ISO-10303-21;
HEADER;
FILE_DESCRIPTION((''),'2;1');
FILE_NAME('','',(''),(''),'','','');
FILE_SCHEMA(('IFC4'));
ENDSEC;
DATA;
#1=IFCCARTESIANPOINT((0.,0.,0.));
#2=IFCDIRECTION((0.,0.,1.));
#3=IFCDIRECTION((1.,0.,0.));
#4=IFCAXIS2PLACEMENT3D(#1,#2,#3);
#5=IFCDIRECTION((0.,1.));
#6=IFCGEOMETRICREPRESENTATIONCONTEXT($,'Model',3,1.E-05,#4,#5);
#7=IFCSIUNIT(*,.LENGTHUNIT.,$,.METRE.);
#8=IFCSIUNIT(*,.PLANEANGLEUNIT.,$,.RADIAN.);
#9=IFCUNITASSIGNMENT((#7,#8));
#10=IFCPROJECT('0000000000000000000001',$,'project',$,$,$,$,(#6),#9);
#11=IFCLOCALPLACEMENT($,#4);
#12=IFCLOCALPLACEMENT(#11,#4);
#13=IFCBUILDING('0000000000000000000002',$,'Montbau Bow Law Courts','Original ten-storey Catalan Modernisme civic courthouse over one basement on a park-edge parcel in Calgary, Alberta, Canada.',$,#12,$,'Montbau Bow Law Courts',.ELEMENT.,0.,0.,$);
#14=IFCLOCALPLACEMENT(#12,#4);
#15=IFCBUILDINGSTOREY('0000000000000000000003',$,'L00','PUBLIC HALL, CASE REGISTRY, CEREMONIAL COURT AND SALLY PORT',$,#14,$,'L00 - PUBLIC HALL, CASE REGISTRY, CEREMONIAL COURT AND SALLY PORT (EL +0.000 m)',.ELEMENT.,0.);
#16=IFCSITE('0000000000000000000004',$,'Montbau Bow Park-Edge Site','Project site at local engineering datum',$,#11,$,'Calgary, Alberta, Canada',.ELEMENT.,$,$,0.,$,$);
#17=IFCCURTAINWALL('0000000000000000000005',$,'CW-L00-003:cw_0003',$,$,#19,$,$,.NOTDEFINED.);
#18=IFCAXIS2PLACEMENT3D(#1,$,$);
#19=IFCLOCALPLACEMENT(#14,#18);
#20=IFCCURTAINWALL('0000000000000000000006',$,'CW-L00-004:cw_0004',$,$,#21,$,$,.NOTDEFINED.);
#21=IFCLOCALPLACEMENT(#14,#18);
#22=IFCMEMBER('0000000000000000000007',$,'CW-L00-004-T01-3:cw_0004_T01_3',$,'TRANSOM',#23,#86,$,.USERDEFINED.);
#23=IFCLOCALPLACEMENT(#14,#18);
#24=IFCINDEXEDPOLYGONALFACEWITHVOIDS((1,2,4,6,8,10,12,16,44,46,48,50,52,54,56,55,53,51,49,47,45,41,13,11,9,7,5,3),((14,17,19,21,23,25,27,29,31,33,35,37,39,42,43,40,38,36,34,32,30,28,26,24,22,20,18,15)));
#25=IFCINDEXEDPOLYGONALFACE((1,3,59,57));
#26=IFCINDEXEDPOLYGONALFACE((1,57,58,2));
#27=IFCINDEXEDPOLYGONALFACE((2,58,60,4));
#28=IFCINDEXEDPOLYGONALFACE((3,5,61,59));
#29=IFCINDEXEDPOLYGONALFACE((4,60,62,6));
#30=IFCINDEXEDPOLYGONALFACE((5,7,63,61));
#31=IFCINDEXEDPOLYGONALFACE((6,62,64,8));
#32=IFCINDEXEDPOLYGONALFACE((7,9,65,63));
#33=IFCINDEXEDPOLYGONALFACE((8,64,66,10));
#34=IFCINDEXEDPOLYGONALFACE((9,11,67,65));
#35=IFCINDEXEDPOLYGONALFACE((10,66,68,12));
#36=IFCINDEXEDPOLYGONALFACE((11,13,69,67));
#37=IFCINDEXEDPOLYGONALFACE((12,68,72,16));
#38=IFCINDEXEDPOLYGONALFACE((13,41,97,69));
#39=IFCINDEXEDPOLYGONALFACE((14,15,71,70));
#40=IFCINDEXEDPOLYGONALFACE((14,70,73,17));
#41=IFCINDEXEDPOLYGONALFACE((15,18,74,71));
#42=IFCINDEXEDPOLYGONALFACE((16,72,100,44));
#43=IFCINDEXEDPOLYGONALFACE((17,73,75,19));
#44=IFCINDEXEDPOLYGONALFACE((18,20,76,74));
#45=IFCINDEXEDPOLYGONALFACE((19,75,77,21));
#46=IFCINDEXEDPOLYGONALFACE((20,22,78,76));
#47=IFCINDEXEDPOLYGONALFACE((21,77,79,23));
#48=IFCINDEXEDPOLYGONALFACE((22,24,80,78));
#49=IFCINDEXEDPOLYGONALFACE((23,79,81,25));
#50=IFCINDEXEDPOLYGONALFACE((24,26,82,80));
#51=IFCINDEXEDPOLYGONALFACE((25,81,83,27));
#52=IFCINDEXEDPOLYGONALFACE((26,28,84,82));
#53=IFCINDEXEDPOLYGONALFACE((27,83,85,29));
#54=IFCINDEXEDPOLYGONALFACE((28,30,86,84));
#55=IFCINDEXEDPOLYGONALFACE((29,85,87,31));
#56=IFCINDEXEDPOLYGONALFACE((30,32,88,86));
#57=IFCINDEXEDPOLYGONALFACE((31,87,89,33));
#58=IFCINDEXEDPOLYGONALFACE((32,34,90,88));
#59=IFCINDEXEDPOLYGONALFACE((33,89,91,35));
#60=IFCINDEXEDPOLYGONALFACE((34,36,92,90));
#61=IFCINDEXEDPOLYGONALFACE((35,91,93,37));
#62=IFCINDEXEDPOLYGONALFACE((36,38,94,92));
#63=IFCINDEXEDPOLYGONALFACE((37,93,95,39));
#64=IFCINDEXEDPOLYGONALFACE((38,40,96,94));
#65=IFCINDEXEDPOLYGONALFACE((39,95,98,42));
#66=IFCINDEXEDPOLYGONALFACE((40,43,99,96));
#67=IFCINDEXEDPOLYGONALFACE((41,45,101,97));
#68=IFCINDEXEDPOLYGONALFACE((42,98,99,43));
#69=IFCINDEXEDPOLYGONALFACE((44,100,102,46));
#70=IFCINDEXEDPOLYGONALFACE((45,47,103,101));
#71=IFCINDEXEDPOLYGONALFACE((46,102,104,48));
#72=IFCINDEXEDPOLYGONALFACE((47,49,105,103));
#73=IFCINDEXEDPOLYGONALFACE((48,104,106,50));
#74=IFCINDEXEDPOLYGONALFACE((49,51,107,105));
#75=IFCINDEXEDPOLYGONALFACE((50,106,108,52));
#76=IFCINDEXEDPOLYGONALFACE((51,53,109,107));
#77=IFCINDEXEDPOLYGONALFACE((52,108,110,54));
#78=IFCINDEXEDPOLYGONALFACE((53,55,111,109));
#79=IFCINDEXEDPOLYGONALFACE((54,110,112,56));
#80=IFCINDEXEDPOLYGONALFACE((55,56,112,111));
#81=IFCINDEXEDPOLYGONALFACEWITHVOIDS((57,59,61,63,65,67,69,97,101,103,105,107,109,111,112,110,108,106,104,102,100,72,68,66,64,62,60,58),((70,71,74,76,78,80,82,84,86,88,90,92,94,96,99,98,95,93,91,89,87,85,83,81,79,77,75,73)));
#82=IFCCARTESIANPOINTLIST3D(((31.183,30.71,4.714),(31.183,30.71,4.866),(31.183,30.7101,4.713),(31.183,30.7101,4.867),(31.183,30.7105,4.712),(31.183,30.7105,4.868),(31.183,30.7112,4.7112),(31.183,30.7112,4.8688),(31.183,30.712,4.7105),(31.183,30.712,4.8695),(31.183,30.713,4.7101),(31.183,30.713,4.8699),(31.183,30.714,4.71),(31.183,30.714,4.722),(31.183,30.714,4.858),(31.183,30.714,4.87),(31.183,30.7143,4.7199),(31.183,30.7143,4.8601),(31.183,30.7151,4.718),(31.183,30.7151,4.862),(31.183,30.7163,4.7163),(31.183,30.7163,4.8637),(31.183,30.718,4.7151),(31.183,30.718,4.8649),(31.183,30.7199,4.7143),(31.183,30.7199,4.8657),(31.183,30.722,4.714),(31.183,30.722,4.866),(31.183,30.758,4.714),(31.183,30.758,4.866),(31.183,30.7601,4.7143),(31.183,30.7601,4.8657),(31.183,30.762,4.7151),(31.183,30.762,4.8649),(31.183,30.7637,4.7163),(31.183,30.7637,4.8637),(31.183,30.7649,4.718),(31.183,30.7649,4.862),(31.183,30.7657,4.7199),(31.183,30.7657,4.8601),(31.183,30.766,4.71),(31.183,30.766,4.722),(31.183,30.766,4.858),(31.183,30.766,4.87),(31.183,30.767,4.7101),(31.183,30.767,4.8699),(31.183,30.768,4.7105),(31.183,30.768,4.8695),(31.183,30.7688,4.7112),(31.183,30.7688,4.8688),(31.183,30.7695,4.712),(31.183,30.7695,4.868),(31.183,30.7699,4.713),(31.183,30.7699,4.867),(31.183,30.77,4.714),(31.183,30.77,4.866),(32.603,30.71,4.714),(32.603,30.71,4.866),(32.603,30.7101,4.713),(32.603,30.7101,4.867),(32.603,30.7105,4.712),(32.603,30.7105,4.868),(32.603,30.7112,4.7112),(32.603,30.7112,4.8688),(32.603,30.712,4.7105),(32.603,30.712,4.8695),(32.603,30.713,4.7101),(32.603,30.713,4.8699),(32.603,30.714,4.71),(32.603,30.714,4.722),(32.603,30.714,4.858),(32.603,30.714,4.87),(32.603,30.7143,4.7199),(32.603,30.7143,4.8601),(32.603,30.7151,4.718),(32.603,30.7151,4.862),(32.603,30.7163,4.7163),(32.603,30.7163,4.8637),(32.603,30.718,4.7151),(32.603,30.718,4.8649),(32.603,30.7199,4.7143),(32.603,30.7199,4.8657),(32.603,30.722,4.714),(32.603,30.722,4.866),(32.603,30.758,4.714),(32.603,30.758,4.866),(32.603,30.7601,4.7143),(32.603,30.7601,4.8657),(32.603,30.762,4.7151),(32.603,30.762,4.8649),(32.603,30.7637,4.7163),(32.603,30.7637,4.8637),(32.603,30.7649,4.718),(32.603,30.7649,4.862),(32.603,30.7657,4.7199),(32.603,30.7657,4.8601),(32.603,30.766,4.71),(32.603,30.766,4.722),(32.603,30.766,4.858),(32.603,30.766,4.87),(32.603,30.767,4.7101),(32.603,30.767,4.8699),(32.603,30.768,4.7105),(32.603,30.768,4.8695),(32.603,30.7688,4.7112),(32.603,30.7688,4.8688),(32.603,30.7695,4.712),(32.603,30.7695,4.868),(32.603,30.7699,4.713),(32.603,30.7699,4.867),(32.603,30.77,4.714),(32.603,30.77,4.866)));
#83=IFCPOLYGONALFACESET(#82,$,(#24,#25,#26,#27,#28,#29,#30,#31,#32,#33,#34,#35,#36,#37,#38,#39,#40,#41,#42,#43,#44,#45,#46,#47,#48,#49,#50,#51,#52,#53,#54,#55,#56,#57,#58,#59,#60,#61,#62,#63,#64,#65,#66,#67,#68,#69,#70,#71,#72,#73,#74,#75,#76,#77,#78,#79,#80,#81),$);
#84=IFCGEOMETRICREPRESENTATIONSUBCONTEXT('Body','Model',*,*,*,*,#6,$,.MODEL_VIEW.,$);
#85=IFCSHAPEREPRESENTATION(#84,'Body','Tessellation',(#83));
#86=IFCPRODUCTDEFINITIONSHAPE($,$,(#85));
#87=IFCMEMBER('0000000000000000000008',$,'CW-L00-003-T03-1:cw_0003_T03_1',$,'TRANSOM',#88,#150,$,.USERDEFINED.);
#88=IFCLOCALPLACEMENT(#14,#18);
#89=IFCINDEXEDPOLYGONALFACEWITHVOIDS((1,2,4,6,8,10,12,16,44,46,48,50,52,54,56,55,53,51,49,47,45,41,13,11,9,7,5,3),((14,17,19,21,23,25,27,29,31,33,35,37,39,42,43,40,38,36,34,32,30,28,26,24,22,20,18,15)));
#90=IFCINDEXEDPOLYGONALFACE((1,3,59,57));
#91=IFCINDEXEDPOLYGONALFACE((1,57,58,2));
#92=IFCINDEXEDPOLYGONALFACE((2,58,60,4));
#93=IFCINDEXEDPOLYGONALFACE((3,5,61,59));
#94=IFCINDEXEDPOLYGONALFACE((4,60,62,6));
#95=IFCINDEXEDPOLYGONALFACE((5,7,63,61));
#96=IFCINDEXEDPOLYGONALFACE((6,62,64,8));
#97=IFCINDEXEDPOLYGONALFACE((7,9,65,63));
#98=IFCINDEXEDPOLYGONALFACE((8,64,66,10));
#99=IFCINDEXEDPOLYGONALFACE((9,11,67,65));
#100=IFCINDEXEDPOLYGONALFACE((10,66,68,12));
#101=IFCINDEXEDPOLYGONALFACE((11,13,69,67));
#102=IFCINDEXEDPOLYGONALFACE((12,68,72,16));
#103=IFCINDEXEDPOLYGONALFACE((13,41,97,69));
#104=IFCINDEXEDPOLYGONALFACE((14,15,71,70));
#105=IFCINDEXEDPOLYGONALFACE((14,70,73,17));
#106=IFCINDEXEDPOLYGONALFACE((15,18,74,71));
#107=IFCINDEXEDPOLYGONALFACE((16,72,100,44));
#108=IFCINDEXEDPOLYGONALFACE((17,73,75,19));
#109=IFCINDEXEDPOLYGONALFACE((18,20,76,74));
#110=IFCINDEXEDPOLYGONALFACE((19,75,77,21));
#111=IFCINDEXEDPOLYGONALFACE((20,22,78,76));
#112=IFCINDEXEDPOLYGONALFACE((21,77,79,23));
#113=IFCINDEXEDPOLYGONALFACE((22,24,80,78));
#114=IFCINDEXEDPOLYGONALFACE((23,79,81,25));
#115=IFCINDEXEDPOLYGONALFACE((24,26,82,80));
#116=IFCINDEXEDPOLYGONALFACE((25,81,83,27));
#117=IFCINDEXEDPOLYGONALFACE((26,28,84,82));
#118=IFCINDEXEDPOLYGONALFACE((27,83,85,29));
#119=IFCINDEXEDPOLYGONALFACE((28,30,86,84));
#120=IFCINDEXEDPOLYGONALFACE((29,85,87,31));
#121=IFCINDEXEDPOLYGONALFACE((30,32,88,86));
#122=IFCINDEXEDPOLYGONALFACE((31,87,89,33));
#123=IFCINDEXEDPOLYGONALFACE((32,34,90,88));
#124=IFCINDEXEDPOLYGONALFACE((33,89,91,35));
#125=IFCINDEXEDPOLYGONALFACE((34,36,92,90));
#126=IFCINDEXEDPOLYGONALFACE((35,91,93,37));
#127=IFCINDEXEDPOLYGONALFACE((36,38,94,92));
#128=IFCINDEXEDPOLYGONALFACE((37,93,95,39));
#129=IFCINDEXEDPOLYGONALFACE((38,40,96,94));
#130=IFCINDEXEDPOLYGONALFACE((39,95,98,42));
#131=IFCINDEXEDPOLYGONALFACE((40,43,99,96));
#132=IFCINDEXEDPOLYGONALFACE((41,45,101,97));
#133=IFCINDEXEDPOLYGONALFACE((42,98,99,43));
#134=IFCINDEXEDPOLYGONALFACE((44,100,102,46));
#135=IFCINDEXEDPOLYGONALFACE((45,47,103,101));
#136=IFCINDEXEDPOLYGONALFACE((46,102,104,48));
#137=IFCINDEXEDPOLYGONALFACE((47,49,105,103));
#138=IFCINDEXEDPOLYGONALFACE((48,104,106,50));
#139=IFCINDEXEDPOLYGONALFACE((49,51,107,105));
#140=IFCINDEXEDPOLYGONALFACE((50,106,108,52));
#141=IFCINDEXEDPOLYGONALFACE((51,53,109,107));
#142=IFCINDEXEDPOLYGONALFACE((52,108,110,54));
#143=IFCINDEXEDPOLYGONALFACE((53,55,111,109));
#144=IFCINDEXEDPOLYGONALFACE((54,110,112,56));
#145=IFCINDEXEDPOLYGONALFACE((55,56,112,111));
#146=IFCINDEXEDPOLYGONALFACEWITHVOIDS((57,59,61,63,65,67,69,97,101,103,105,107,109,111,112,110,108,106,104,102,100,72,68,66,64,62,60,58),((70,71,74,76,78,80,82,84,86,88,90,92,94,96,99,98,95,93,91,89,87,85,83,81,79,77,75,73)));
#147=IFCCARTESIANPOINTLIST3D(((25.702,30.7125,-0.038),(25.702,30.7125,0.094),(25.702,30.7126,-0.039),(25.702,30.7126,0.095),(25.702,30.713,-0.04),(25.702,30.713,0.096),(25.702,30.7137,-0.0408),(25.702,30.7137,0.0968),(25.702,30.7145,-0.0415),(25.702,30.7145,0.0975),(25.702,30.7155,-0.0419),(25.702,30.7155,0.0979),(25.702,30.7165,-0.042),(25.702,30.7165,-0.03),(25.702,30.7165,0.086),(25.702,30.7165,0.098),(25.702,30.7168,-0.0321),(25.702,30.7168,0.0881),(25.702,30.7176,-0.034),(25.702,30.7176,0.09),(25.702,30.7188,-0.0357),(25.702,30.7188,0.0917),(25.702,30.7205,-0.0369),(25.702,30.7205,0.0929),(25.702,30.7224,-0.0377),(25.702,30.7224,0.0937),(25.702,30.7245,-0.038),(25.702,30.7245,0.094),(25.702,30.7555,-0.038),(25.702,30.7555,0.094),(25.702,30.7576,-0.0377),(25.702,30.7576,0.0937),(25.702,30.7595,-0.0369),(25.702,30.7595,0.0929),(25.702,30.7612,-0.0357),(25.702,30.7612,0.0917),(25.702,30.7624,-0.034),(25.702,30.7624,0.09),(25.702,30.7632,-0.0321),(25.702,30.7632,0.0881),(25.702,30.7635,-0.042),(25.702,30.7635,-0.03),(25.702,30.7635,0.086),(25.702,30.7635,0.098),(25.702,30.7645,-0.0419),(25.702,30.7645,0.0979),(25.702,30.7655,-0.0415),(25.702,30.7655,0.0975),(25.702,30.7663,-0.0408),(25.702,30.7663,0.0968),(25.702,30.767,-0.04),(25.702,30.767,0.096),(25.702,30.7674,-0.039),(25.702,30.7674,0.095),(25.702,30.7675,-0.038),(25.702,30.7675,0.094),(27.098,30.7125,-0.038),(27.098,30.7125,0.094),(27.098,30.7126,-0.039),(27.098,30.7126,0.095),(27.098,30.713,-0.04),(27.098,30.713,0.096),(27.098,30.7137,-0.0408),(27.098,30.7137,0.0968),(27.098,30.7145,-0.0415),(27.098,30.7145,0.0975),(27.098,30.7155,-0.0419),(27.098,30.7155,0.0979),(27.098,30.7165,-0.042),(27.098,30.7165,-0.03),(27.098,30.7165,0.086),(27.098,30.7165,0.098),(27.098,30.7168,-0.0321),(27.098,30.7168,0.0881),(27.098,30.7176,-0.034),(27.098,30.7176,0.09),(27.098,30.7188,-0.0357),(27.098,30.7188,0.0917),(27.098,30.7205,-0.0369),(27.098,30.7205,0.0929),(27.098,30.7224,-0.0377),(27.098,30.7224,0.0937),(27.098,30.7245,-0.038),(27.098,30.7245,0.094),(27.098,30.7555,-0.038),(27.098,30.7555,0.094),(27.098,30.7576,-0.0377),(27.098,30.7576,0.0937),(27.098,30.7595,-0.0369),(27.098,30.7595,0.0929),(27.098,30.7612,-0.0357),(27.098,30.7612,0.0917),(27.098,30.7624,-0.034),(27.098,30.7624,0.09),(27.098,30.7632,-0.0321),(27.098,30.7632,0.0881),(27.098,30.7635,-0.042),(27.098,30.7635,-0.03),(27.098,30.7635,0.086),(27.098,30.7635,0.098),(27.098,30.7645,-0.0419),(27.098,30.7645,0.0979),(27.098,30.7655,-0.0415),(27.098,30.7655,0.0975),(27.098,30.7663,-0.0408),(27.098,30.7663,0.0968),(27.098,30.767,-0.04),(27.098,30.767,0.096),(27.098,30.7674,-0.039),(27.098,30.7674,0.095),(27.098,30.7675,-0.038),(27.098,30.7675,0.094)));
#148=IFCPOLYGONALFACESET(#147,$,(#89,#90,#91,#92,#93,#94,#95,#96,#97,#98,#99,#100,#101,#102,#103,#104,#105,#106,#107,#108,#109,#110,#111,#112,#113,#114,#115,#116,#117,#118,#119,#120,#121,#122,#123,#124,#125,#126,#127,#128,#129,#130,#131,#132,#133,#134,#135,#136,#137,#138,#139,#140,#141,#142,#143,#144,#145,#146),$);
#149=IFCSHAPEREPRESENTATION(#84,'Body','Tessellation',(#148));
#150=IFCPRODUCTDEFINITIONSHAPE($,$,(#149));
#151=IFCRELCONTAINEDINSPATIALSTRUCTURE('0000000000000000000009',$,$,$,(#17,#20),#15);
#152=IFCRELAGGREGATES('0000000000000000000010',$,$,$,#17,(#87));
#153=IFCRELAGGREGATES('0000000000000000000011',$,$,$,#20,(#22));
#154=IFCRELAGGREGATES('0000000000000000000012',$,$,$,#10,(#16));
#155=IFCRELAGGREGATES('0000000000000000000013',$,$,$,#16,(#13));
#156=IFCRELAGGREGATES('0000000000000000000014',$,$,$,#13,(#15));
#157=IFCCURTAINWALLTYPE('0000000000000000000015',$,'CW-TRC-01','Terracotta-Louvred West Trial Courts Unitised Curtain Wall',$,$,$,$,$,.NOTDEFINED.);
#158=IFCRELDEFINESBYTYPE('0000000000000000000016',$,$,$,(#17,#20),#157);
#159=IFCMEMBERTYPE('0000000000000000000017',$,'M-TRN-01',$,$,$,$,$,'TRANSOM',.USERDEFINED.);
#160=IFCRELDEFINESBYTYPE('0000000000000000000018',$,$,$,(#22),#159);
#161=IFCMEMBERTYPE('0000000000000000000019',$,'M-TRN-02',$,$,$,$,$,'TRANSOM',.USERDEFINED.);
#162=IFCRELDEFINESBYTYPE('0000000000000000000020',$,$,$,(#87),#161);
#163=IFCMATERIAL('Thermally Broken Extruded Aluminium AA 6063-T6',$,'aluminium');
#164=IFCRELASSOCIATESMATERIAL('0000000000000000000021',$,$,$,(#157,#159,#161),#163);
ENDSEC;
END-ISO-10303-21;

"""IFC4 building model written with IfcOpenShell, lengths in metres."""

from ifc_helpers import new_model, si_unit, direction, frame, origin_with_axes, origin_2d_with_axis, place, context, subcontext, project, spatial, hollow_rectangle, extrude, material, material_profile, profile_set, type_object, element, aggregate, save


model = new_model("IFC4")

# Units and contexts
model_context = context("Model", 3, precision=1e-05, world=origin_with_axes(), true_north=direction((0.0, 1.0)))
body_context = subcontext(model_context, "Body", "Model", "MODEL_VIEW")
ifc_project = project(units=[si_unit("LENGTHUNIT", "METRE"), si_unit("PLANEANGLEUNIT", "RADIAN")], contexts=[model_context])

# Site, building, storey
site_placement = place(None, origin_with_axes())
site = spatial("IfcSite", under=ifc_project, at=site_placement, Name="Montbau Bow Park-Edge Site", Description="Project site at local engineering datum", LongName="Calgary, Alberta, Canada", CompositionType="ELEMENT", RefElevation=0.0)
building_placement = place(site_placement, origin_with_axes())
building = spatial("IfcBuilding", under=site, at=building_placement, Name="Montbau Bow Law Courts", Description="Original ten-storey Catalan Modernisme civic courthouse over one basement on a park-edge parcel in Calgary, Alberta, Canada.", LongName="Montbau Bow Law Courts", CompositionType="ELEMENT", ElevationOfRefHeight=0.0, ElevationOfTerrain=0.0)
storey_placement = place(building_placement, origin_with_axes())
storey = spatial("IfcBuildingStorey", under=building, at=storey_placement, Name="L00", Description="PUBLIC HALL, CASE REGISTRY, CEREMONIAL COURT AND SALLY PORT", LongName="L00 - PUBLIC HALL, CASE REGISTRY, CEREMONIAL COURT AND SALLY PORT (EL +0.000 m)", CompositionType="ELEMENT", Elevation=0.0)

# Curtain walls, member
ifc_material_1 = material(Name="Thermally Broken Extruded Aluminium AA 6063-T6", Category="aluminium")
curtain_wall_type = type_object("IfcCurtainWallType", Name="CW-TRC-01", Description="Terracotta-Louvred West Trial Courts Unitised Curtain Wall", PredefinedType="NOTDEFINED", material=ifc_material_1)
curtain_wall_1_placement = place(None, frame((22.715, 30.74, 0.0), z_axis=(0.0, 0.0, 1.0), x_axis=(1.0, 0.0, 0.0)))
curtain_wall_1 = element("IfcCurtainWall", 1, at=curtain_wall_1_placement, inside=storey, type_object=curtain_wall_type, Name="CW-L00-003:cw_0003", PredefinedType="NOTDEFINED")
curtain_wall_2_placement = place(None, frame((31.115, 30.74, 0.0), z_axis=(0.0, 0.0, 1.0), x_axis=(1.0, 0.0, 0.0)))
curtain_wall_2 = element("IfcCurtainWall", 2, at=curtain_wall_2_placement, inside=storey, type_object=curtain_wall_type, Name="CW-L00-004:cw_0004", PredefinedType="NOTDEFINED")
ifc_material_profile_1 = material_profile(ifc_material_1, hollow_rectangle(XDim=0.06, YDim=0.16, WallThickness=0.004, InnerFilletRadius=0.008, OuterFilletRadius=0.004, at=origin_2d_with_axis()), Name="CWT-160X60", Category="Main", Priority=0)
ifc_profile_set_1 = profile_set([ifc_material_profile_1], Name="Thermally Broken Extruded Aluminium AA 6063-T6")
member_type_1 = type_object("IfcMemberType", Name="M-TRN-01", ElementType="TRANSOM", PredefinedType="USERDEFINED", material=ifc_profile_set_1)
member_1_placement = place(None, frame((31.183, 30.74, 4.79), z_axis=(1.0, 0.0, 0.0), x_axis=(0.0, 1.0, 0.0)))
member_1 = element("IfcMember", 3, at=member_1_placement, type_object=member_type_1, Name="CW-L00-004-T01-3:cw_0004_T01_3", ObjectType="TRANSOM", PredefinedType="USERDEFINED", context=body_context, shape_type="SweptSolid", body=[
    extrude(hollow_rectangle(XDim=0.06, YDim=0.16, WallThickness=0.004, InnerFilletRadius=0.008, OuterFilletRadius=0.004, at=origin_2d_with_axis()), origin_with_axes(), (0.0, 0.0, 1.0), 1.42),
])

# Member
ifc_material_profile_2 = material_profile(ifc_material_1, hollow_rectangle(XDim=0.055, YDim=0.14, WallThickness=0.004, InnerFilletRadius=0.008, OuterFilletRadius=0.004, at=origin_2d_with_axis()), Name="CWT-140X55", Category="Main", Priority=0)
ifc_profile_set_2 = profile_set([ifc_material_profile_2], Name="Thermally Broken Extruded Aluminium AA 6063-T6")
member_type_2 = type_object("IfcMemberType", Name="M-TRN-02", ElementType="TRANSOM", PredefinedType="USERDEFINED", material=ifc_profile_set_2)
member_2_placement = place(None, frame((25.702, 30.74, 0.028), z_axis=(1.0, 0.0, 0.0), x_axis=(0.0, 1.0, 0.0)))
member_2 = element("IfcMember", 4, at=member_2_placement, type_object=member_type_2, Name="CW-L00-003-T03-1:cw_0003_T03_1", ObjectType="TRANSOM", PredefinedType="USERDEFINED", context=body_context, shape_type="SweptSolid", body=[
    extrude(hollow_rectangle(XDim=0.055, YDim=0.14, WallThickness=0.004, InnerFilletRadius=0.008, OuterFilletRadius=0.004, at=origin_2d_with_axis()), origin_with_axes(), (0.0, 0.0, 1.0), 1.396),
])

aggregate(curtain_wall_1, [member_2])
aggregate(curtain_wall_2, [member_1])

save(model, "model.ifc")
